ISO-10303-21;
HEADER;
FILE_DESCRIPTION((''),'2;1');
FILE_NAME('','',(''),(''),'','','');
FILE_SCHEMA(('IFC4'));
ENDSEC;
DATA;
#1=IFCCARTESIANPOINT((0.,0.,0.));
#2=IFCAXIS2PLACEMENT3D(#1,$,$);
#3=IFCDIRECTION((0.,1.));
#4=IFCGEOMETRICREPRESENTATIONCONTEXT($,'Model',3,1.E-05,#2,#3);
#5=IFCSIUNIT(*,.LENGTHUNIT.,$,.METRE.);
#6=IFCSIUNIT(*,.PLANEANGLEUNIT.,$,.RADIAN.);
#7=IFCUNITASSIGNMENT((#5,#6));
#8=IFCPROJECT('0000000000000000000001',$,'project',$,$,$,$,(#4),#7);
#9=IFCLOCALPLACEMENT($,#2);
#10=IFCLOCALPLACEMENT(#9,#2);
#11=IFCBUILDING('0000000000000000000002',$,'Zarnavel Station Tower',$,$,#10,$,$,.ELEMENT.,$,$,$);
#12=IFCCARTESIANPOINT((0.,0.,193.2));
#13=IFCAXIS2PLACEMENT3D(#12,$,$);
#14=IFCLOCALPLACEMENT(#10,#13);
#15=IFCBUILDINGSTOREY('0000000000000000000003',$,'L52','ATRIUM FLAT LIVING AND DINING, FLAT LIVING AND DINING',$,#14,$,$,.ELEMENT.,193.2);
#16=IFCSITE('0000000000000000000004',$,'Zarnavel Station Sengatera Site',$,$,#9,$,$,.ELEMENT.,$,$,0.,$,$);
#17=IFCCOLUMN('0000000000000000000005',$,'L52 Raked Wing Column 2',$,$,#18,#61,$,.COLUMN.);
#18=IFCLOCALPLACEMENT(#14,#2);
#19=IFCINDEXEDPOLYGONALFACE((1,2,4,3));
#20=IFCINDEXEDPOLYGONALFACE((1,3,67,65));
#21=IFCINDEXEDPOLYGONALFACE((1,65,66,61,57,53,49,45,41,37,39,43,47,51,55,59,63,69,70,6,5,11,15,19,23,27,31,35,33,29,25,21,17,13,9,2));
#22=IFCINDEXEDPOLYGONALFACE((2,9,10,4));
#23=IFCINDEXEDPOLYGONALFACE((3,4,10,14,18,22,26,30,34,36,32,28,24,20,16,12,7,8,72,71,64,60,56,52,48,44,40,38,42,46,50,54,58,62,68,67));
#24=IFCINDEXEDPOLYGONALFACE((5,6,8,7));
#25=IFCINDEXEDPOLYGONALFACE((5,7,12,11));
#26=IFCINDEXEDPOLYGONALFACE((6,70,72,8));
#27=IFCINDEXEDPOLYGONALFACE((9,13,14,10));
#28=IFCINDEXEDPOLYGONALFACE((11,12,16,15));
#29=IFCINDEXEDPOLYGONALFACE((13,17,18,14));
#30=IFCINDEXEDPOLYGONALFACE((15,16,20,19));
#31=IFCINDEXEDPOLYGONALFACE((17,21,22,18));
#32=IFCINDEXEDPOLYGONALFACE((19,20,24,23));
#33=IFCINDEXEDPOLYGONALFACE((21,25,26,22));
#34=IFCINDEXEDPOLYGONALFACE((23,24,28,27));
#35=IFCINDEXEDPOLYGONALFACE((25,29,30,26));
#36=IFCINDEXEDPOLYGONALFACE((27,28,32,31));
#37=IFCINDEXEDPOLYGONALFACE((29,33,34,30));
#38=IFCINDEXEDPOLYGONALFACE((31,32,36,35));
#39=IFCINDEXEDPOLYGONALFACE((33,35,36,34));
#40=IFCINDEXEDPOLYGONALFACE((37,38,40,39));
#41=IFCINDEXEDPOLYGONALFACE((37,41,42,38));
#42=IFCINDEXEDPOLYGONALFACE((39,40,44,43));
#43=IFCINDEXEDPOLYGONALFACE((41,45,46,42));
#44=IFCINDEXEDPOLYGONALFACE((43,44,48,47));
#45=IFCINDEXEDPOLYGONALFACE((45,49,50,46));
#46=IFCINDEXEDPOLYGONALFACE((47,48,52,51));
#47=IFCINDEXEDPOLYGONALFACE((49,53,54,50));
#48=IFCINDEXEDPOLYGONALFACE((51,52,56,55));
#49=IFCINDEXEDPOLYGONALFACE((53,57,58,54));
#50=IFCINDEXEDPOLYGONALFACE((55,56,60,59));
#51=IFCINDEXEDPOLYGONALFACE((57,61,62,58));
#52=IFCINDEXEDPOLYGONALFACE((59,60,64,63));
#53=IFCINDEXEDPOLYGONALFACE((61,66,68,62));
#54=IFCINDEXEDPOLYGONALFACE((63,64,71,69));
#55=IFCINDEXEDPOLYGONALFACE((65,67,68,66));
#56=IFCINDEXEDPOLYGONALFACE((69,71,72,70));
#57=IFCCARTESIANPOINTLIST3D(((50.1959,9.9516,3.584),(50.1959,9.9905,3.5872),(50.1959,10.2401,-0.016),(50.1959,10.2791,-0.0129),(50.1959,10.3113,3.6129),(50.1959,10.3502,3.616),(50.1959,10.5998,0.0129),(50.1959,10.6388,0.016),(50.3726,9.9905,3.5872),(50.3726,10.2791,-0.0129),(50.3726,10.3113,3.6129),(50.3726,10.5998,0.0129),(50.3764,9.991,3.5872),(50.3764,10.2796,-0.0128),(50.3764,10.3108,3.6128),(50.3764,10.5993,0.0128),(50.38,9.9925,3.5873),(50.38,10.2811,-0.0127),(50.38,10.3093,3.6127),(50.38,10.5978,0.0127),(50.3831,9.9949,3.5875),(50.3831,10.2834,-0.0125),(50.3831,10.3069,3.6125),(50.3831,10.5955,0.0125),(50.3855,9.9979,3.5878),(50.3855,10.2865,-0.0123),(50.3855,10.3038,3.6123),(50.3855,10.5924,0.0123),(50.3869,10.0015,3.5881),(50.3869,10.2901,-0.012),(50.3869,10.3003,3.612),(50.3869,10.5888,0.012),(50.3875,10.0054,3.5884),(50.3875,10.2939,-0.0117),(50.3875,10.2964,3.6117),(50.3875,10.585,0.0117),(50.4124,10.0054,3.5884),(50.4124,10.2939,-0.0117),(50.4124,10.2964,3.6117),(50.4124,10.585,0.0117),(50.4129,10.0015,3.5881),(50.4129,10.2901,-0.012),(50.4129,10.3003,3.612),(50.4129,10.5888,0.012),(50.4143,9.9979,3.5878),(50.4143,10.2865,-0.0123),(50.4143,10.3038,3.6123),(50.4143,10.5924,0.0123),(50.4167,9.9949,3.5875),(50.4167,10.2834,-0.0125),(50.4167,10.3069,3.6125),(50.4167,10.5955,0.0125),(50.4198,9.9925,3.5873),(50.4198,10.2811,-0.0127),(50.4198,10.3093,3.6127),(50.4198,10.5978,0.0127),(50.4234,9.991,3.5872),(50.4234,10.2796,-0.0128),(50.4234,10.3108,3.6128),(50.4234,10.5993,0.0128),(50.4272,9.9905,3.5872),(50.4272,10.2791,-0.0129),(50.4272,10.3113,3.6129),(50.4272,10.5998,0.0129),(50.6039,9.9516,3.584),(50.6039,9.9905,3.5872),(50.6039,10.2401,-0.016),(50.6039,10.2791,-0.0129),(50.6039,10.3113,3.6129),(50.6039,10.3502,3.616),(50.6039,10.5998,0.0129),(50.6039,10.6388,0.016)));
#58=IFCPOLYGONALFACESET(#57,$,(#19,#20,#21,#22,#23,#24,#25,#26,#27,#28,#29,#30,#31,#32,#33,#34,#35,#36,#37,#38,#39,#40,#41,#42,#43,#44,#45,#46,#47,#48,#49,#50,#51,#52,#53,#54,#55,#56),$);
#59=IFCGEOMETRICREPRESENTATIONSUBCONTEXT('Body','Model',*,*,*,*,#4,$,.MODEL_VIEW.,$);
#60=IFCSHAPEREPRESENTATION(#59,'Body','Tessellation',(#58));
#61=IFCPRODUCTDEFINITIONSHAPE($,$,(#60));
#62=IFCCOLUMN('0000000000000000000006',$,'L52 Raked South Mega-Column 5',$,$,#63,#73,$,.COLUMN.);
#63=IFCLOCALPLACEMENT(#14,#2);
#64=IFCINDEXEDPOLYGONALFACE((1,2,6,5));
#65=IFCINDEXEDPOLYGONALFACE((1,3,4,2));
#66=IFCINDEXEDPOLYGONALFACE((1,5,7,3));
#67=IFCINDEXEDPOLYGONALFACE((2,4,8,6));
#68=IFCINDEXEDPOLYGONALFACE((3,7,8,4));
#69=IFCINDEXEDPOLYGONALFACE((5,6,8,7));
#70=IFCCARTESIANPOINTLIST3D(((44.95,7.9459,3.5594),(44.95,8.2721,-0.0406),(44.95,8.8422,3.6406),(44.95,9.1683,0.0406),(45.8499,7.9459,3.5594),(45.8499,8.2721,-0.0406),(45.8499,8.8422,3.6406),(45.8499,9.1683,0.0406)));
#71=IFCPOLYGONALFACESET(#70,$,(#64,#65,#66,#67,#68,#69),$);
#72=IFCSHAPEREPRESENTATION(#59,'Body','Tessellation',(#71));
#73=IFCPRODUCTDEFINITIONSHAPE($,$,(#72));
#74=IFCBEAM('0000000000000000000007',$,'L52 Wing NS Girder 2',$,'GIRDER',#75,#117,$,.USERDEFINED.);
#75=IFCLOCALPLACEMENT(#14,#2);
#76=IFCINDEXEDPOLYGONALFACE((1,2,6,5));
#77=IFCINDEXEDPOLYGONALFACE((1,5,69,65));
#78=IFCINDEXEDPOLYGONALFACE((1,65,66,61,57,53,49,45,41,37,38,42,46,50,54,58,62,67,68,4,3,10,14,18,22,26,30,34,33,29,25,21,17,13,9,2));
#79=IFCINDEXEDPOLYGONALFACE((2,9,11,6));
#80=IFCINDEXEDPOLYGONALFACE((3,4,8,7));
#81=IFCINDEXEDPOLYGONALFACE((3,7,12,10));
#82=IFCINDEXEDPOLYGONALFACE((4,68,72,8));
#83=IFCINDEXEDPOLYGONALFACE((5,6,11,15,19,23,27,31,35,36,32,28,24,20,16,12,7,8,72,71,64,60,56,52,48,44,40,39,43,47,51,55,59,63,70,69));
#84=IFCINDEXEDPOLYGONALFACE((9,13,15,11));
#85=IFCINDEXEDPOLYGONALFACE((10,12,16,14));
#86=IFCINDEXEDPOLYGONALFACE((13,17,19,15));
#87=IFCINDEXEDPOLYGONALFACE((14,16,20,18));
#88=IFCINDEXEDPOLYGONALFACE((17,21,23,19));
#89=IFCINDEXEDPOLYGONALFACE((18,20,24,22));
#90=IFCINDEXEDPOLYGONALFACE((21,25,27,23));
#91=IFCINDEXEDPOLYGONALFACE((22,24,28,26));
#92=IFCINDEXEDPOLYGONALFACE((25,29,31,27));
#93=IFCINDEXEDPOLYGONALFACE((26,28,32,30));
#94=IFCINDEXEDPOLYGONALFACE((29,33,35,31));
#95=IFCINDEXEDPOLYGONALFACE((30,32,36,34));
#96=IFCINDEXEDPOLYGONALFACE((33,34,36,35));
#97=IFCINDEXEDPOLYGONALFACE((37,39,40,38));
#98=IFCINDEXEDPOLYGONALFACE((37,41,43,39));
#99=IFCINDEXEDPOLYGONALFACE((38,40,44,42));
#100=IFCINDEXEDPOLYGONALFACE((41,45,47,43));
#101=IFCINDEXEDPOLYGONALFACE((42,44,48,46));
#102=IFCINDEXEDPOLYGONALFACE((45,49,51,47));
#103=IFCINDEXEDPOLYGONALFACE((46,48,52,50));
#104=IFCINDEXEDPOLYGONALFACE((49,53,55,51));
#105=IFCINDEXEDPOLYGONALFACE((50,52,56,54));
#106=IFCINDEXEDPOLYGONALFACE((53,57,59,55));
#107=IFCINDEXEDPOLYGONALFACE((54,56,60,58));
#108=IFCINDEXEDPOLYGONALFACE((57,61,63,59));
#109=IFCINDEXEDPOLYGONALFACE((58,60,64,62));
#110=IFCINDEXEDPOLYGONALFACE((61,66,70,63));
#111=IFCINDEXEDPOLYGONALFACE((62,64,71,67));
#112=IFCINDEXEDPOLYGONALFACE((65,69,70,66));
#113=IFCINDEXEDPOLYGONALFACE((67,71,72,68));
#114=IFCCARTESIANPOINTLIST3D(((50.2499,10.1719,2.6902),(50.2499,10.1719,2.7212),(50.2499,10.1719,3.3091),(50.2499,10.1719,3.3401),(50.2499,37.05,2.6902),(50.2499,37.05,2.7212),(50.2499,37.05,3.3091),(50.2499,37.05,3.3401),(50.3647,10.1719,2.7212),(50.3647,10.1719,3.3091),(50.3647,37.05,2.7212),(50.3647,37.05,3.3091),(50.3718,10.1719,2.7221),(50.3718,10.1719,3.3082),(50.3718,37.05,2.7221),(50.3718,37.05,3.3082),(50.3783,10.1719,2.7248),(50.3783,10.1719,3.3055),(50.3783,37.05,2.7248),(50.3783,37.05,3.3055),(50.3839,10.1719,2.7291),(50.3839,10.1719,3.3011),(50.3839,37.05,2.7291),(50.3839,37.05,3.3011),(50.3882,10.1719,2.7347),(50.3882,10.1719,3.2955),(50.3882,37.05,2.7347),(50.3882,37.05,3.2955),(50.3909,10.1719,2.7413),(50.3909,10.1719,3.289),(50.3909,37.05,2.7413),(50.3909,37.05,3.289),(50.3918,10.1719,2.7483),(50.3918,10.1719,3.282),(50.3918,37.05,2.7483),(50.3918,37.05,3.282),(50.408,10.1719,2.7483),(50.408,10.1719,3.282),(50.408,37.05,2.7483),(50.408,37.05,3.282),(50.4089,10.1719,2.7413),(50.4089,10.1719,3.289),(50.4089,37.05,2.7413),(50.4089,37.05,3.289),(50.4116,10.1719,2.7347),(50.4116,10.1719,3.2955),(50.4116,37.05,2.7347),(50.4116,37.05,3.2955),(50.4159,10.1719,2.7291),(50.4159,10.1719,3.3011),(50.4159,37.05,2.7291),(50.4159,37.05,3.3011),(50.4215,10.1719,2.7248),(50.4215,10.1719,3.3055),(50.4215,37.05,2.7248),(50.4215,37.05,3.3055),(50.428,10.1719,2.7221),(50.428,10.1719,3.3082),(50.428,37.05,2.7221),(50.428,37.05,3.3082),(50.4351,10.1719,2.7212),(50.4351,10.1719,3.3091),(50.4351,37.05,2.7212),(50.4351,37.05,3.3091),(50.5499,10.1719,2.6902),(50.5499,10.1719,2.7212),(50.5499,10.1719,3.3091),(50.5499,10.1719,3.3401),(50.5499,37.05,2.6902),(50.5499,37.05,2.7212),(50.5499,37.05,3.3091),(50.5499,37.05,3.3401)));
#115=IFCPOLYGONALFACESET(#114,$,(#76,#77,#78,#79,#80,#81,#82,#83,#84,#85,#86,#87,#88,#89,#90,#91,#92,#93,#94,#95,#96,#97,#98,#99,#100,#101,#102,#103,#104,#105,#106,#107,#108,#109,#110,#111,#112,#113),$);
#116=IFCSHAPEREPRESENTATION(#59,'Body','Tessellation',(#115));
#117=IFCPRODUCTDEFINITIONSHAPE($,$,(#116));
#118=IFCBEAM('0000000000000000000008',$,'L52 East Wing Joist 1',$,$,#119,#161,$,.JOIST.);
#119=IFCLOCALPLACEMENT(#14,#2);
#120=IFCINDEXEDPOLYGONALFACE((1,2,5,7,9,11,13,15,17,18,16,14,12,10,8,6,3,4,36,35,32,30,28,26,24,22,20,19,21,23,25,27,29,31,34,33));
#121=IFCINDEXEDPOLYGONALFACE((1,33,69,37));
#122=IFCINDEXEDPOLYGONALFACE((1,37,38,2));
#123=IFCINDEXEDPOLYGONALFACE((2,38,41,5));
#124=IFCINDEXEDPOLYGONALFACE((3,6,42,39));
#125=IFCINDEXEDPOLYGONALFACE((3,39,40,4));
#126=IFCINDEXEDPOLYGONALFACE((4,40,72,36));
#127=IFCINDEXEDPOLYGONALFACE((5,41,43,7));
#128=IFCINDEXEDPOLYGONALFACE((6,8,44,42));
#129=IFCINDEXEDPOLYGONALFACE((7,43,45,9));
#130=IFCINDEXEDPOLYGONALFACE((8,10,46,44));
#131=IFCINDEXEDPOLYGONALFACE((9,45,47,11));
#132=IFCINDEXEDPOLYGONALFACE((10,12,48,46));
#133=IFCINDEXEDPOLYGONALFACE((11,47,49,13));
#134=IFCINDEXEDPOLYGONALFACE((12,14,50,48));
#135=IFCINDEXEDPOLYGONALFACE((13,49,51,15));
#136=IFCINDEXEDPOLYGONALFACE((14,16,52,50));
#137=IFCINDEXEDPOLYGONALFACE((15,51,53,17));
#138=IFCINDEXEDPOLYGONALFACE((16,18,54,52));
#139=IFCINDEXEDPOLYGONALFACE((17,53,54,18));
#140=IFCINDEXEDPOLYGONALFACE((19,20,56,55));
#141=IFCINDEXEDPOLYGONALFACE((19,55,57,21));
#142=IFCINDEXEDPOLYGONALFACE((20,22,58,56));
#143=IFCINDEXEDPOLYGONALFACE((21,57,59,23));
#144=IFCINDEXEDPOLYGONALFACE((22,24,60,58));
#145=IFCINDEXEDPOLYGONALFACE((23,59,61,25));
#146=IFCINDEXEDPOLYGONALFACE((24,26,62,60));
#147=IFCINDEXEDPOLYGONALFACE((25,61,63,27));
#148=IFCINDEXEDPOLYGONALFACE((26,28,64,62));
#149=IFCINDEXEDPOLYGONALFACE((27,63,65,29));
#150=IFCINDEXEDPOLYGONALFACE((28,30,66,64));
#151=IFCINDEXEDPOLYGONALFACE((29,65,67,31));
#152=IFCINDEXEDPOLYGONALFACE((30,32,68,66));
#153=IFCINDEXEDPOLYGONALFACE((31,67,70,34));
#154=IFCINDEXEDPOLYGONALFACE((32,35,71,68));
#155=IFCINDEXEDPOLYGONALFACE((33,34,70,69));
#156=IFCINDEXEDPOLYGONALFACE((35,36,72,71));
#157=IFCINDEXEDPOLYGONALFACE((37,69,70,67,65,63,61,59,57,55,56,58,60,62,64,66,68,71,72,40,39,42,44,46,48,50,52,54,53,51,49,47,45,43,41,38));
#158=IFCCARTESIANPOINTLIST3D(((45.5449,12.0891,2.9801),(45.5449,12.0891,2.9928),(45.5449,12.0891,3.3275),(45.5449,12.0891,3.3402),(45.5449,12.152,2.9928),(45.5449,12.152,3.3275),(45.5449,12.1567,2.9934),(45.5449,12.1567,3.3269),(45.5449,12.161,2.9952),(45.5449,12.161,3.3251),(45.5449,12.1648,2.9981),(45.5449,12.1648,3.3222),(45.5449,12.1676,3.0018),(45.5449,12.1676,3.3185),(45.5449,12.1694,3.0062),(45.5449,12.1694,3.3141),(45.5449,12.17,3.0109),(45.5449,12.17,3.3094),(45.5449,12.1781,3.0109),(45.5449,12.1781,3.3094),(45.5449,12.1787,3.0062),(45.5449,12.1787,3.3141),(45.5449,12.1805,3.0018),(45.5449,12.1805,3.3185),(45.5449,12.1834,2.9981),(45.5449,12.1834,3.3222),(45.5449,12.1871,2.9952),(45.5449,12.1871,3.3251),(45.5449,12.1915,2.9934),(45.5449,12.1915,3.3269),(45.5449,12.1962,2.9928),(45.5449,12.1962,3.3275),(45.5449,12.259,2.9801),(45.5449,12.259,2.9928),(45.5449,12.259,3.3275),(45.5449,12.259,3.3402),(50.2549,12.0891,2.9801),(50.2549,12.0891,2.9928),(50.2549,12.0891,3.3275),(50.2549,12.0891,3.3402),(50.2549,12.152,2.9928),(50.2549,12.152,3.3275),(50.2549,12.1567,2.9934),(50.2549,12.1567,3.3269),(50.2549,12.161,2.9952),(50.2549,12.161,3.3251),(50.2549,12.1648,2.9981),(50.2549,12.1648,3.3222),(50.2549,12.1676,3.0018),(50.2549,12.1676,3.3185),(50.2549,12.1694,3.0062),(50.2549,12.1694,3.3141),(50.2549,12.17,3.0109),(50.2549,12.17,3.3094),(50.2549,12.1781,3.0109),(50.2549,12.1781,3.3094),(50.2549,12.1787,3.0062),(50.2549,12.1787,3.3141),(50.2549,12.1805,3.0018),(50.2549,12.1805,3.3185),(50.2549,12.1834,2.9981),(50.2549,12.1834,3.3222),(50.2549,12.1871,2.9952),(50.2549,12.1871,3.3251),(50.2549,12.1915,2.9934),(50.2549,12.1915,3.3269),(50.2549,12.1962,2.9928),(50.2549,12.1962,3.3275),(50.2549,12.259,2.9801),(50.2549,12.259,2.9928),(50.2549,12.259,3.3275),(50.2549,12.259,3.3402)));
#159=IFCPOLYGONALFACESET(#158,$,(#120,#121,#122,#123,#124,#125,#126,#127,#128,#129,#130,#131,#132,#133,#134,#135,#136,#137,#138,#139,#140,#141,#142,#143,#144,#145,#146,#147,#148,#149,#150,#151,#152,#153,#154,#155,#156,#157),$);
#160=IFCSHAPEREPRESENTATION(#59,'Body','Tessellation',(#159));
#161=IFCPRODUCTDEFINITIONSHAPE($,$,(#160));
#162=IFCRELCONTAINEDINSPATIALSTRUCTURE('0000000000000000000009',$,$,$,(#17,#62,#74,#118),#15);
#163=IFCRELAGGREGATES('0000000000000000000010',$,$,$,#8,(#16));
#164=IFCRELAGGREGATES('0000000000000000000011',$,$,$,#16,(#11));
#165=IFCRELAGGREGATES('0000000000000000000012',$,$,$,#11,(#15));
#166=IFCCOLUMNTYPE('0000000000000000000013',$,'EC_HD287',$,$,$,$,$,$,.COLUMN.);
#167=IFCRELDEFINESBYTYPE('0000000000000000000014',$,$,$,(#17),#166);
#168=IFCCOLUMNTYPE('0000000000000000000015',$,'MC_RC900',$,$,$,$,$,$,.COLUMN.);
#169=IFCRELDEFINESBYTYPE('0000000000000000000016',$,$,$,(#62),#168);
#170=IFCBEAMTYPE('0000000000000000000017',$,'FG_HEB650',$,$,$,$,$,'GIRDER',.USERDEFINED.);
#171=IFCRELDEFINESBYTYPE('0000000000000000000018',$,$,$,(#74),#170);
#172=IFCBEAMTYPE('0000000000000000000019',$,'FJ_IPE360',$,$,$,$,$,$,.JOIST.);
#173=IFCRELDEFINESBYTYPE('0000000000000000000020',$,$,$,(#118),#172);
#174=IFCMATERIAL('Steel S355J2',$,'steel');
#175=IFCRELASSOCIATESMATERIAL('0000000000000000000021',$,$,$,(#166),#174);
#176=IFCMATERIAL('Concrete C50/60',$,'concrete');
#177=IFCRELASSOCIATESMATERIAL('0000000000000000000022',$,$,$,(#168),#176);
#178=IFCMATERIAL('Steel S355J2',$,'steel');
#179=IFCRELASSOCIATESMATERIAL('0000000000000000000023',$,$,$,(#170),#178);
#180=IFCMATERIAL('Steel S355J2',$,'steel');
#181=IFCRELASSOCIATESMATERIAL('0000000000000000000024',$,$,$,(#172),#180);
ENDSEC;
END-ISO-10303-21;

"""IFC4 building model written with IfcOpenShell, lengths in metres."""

from ifc_helpers import new_model, si_unit, direction, frame, origin, origin_2d, place, context, subcontext, project, spatial, rectangle, i_section, extrude, material, material_profile, profile_set, type_object, element, save


model = new_model("IFC4")

# Units and contexts
model_context = context("Model", 3, precision=1e-05, world=origin(), true_north=direction((0.0, 1.0)))
body_context = subcontext(model_context, "Body", "Model", "MODEL_VIEW")
ifc_project = project(units=[si_unit("LENGTHUNIT", "METRE"), si_unit("PLANEANGLEUNIT", "RADIAN")], contexts=[model_context])

# Site, building, storey
site_placement = place(None, origin())
site = spatial("IfcSite", under=ifc_project, at=site_placement, Name="Zarnavel Station Sengatera Site", CompositionType="ELEMENT", RefElevation=0.0)
building_placement = place(site_placement, origin())
building = spatial("IfcBuilding", under=site, at=building_placement, Name="Zarnavel Station Tower", CompositionType="ELEMENT")
storey_placement = place(building_placement, frame((0.0, 0.0, 193.2)))
storey = spatial("IfcBuildingStorey", under=building, at=storey_placement, Name="L52", Description="ATRIUM FLAT LIVING AND DINING, FLAT LIVING AND DINING", CompositionType="ELEMENT", Elevation=193.2)

# Columns
ifc_material_1 = material(Name="Steel S355J2", Category="steel")
ifc_material_profile_1 = material_profile(ifc_material_1, i_section(OverallWidth=0.408, OverallDepth=0.3999, WebThickness=0.0249, FlangeThickness=0.0391, FilletRadius=0.0149, at=origin_2d()), Name="HD400x287")
ifc_profile_set_1 = profile_set([ifc_material_profile_1], Name="Steel S355J2")
column_type_1 = type_object("IfcColumnType", Name="EC_HD287", PredefinedType="COLUMN", material=ifc_profile_set_1)
column_1_placement = place(storey_placement, frame((50.3999, 10.4395, 0.0), z_axis=(0.0, -0.079901, 0.996803), x_axis=(1.0, 0.0, 0.0)))
element("IfcColumn", 1, at=column_1_placement, inside=storey, type_object=column_type_1, Name="L52 Raked Wing Column 2", PredefinedType="COLUMN", context=body_context, shape_type="SweptSolid", body=[
    extrude(i_section(OverallWidth=0.408, OverallDepth=0.3999, WebThickness=0.0249, FlangeThickness=0.0391, FilletRadius=0.0149, at=origin_2d()), origin(), (0.0, 0.0, 1.0), 3.6116),
])
ifc_material_2 = material(Name="Concrete C50/60", Category="concrete")
ifc_material_profile_2 = material_profile(ifc_material_2, rectangle(XDim=0.8999, YDim=0.8999, at=origin_2d()), Name="RC900x900")
ifc_profile_set_2 = profile_set([ifc_material_profile_2], Name="Concrete C50/60")
column_type_2 = type_object("IfcColumnType", Name="MC_RC900", PredefinedType="COLUMN", material=ifc_profile_set_2)
column_2_placement = place(storey_placement, frame((45.3999, 8.7202, 0.0), z_axis=(0.0, -0.090231, 0.995921), x_axis=(1.0, 0.0, 0.0)))
element("IfcColumn", 2, at=column_2_placement, inside=storey, type_object=column_type_2, Name="L52 Raked South Mega-Column 5", PredefinedType="COLUMN", context=body_context, shape_type="SweptSolid", body=[
    extrude(rectangle(XDim=0.8999, YDim=0.8999, at=origin_2d()), origin(), (0.0, 0.0, 1.0), 3.6147),
])

# Beams
ifc_material_3 = material(Name="Steel S355J2", Category="steel")
ifc_material_profile_3 = material_profile(ifc_material_3, i_section(OverallWidth=0.3, OverallDepth=0.6499, WebThickness=0.0161, FlangeThickness=0.031, FilletRadius=0.0271, at=origin_2d()), Name="HEB650")
ifc_profile_set_3 = profile_set([ifc_material_profile_3], Name="Steel S355J2")
beam_type_1 = type_object("IfcBeamType", Name="FG_HEB650", ElementType="GIRDER", PredefinedType="USERDEFINED", material=ifc_profile_set_3)
beam_placement = place(storey_placement, frame((50.3999, 10.1719, 3.0151), z_axis=(0.0, 1.0, 0.0), x_axis=(-1.0, 0.0, 0.0)))
element("IfcBeam", 3, at=beam_placement, inside=storey, type_object=beam_type_1, Name="L52 Wing NS Girder 2", ObjectType="GIRDER", PredefinedType="USERDEFINED", context=body_context, shape_type="SweptSolid", body=[
    extrude(i_section(OverallWidth=0.3, OverallDepth=0.6499, WebThickness=0.0161, FlangeThickness=0.031, FilletRadius=0.0271, at=origin_2d()), origin(), (0.0, 0.0, 1.0), 26.8782),
])
ifc_material_4 = material(Name="Steel S355J2", Category="steel")
ifc_material_profile_4 = material_profile(ifc_material_4, i_section(OverallWidth=0.1699, OverallDepth=0.3601, WebThickness=0.0081, FlangeThickness=0.0127, FilletRadius=0.0181, at=origin_2d()), Name="IPE360")
ifc_profile_set_4 = profile_set([ifc_material_profile_4], Name="Steel S355J2")
beam_type_2 = type_object("IfcBeamType", Name="FJ_IPE360", PredefinedType="JOIST", material=ifc_profile_set_4)
for number, where, z_axis, x_axis, name in (
    (4, (45.5449, 12.1741, 3.1602), (1.0, 0.0, 0.0), (0.0, 1.0, 0.0), "L52 East Wing Joist 1"),
):
    element("IfcBeam", number, at=place(storey_placement, frame(where, z_axis=z_axis, x_axis=x_axis)), inside=storey, type_object=beam_type_2, Name=name, PredefinedType="JOIST", context=body_context, shape_type="SweptSolid", body=[
        extrude(i_section(OverallWidth=0.1699, OverallDepth=0.3601, WebThickness=0.0081, FlangeThickness=0.0127, FilletRadius=0.0181, at=origin_2d()), origin(), (0.0, 0.0, 1.0), 4.71),
    ])

save(model, "model.ifc")
